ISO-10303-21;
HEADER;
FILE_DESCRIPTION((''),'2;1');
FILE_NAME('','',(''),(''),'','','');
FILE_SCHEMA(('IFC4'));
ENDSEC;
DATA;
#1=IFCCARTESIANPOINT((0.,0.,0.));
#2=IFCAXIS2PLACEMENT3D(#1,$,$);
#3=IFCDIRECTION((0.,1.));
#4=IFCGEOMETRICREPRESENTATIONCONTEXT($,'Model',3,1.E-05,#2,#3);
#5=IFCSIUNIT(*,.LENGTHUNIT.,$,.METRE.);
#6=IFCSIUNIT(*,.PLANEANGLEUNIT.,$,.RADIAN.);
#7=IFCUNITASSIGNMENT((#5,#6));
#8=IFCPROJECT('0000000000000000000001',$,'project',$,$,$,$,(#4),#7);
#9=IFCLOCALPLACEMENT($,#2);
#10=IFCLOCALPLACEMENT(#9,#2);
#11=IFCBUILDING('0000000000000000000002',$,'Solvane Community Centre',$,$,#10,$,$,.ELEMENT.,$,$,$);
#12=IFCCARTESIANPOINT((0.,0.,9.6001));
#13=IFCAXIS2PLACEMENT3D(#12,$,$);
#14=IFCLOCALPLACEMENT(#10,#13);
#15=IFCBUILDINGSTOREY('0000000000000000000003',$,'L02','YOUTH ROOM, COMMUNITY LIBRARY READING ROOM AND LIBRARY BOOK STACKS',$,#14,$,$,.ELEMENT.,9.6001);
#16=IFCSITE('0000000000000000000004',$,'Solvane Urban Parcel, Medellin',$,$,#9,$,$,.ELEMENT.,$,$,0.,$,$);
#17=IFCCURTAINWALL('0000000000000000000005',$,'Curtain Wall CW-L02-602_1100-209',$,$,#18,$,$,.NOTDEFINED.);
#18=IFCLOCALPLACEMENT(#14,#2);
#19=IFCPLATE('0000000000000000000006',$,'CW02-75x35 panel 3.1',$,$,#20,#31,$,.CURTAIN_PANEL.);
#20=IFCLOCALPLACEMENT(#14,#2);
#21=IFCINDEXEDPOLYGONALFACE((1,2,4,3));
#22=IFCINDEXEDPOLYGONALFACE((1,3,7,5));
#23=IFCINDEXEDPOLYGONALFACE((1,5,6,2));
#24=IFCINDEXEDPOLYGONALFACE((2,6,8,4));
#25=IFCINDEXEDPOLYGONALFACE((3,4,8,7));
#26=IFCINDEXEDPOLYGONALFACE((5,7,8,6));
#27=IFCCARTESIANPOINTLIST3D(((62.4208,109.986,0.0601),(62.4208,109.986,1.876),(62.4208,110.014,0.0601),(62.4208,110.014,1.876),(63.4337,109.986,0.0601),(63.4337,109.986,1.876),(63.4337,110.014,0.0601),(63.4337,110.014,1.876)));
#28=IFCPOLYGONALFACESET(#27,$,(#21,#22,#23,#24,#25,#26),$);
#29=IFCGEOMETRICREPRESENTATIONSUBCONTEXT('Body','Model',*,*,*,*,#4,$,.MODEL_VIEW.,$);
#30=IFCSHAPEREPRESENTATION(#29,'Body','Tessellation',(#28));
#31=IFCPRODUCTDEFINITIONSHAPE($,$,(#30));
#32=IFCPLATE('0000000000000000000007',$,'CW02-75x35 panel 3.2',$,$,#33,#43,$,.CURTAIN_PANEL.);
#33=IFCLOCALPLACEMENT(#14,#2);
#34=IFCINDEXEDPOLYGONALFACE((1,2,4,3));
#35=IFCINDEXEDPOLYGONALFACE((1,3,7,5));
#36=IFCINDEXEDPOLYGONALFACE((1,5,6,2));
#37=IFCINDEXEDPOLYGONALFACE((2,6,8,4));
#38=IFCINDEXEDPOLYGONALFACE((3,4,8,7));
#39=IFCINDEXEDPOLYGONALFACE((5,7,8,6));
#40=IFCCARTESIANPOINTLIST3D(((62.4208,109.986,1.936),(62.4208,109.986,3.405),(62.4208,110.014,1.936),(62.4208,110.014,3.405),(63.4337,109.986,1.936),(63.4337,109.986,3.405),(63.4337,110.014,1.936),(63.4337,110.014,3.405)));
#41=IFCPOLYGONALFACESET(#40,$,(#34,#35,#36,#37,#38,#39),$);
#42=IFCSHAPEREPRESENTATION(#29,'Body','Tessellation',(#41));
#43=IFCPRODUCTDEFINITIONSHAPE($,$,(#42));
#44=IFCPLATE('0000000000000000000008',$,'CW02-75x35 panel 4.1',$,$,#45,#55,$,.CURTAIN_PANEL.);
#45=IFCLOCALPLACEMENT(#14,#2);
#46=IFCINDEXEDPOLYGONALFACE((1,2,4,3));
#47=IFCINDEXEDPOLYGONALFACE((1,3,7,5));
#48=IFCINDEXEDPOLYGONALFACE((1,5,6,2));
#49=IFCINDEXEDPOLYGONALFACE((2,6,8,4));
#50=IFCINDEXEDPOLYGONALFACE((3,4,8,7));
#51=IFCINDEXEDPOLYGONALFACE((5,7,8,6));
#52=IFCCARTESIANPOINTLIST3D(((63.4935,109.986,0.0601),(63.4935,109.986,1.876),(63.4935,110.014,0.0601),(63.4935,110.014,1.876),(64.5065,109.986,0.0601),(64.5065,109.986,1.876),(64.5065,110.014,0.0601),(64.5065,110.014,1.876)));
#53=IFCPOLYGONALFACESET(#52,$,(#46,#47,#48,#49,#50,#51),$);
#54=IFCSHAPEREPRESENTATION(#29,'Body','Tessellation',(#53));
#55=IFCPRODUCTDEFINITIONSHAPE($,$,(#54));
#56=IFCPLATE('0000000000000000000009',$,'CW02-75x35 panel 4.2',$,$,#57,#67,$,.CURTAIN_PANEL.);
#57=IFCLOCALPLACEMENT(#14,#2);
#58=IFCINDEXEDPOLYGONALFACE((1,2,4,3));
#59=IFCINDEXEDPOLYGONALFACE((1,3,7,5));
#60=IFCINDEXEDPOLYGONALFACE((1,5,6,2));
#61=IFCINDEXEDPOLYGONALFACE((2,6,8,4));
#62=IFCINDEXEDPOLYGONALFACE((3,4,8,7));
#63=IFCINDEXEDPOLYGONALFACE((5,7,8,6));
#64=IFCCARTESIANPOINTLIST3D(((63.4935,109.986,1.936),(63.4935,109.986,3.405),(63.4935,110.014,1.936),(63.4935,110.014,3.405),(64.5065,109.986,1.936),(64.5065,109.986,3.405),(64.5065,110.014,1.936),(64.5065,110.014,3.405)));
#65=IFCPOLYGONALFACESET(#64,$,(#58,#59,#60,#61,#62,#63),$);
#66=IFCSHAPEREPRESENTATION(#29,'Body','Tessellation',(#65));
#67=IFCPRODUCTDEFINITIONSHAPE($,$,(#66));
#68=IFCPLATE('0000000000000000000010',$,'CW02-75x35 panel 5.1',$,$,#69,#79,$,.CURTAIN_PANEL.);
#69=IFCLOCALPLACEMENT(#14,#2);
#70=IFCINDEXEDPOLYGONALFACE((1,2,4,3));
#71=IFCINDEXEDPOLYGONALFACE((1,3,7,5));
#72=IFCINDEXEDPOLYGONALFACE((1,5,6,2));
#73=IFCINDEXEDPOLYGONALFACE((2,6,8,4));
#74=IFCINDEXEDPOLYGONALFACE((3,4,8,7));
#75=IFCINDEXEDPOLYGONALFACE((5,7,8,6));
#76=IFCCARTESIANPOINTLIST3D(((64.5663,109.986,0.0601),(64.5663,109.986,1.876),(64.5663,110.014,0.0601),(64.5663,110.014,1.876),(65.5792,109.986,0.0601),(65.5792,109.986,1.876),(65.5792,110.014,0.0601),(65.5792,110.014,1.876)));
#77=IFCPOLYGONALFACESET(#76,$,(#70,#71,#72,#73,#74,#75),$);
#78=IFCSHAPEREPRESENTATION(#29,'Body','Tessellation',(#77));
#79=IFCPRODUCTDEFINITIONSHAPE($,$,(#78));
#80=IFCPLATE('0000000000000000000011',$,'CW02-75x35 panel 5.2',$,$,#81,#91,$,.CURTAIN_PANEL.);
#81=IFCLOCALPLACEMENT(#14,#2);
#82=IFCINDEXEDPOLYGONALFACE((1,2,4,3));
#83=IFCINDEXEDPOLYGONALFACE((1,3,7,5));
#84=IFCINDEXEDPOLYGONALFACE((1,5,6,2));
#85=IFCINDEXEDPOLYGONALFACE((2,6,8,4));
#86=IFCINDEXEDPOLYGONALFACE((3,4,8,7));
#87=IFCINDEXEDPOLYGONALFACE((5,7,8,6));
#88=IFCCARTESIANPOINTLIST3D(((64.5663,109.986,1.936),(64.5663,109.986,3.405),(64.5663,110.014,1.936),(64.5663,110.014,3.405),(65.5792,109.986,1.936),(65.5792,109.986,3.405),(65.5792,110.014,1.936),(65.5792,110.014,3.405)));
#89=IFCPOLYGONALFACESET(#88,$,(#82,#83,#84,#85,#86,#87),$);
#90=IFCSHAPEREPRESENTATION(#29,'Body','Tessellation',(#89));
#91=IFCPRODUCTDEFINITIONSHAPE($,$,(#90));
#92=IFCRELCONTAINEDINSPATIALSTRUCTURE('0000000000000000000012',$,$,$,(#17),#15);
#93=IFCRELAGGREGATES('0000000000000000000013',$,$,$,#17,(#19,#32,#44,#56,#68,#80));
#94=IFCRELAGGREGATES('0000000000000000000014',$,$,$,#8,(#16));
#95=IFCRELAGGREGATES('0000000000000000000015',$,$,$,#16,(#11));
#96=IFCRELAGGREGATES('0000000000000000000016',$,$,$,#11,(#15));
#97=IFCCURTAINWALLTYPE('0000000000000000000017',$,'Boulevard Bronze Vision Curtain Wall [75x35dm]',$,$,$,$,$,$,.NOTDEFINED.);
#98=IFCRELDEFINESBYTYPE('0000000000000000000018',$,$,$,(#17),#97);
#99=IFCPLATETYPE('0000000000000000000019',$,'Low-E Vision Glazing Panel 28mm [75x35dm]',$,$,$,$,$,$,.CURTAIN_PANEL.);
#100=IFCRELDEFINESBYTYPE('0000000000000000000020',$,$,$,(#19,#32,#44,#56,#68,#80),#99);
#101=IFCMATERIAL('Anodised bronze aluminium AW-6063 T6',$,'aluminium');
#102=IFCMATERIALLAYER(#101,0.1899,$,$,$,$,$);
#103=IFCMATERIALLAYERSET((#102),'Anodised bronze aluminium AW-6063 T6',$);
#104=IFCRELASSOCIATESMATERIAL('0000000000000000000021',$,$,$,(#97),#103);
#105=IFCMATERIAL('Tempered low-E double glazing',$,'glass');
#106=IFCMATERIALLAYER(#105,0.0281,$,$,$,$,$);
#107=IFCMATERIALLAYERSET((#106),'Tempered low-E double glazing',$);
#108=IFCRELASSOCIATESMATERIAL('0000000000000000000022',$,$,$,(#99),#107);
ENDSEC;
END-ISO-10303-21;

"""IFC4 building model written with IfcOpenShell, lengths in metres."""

from ifc_helpers import new_model, si_unit, direction, frame, origin, origin_2d, place, context, subcontext, project, spatial, rectangle, extrude, material, layer, layer_set, type_object, element, aggregate, save


model = new_model("IFC4")

# Units and contexts
model_context = context("Model", 3, precision=1e-05, world=origin(), true_north=direction((0.0, 1.0)))
body_context = subcontext(model_context, "Body", "Model", "MODEL_VIEW")
ifc_project = project(units=[si_unit("LENGTHUNIT", "METRE"), si_unit("PLANEANGLEUNIT", "RADIAN")], contexts=[model_context])

# Site, building, storey
site_placement = place(None, origin())
site = spatial("IfcSite", under=ifc_project, at=site_placement, Name="Solvane Urban Parcel, Medellin", CompositionType="ELEMENT", RefElevation=0.0)
building_placement = place(site_placement, origin())
building = spatial("IfcBuilding", under=site, at=building_placement, Name="Solvane Community Centre", CompositionType="ELEMENT")
storey_placement = place(building_placement, frame((0.0, 0.0, 9.6001)))
storey = spatial("IfcBuildingStorey", under=building, at=storey_placement, Name="L02", Description="YOUTH ROOM, COMMUNITY LIBRARY READING ROOM AND LIBRARY BOOK STACKS", CompositionType="ELEMENT", Elevation=9.6001)

# Curtain wall, plates
ifc_material_1 = material(Name="Anodised bronze aluminium AW-6063 T6", Category="aluminium")
ifc_layer_1 = layer(ifc_material_1, 0.1899)
ifc_layer_set_1 = layer_set([ifc_layer_1], Name="Anodised bronze aluminium AW-6063 T6")
curtain_wall_type = type_object("IfcCurtainWallType", Name="Boulevard Bronze Vision Curtain Wall [75x35dm]", PredefinedType="NOTDEFINED", material=ifc_layer_set_1)
curtain_wall_placement = place(storey_placement, origin())
curtain_wall = element("IfcCurtainWall", 1, at=curtain_wall_placement, inside=storey, type_object=curtain_wall_type, Name="Curtain Wall CW-L02-602_1100-209", PredefinedType="NOTDEFINED")
ifc_material_2 = material(Name="Tempered low-E double glazing", Category="glass")
ifc_layer_2 = layer(ifc_material_2, 0.0281)
ifc_layer_set_2 = layer_set([ifc_layer_2], Name="Tempered low-E double glazing")
plate_type = type_object("IfcPlateType", Name="Low-E Vision Glazing Panel 28mm [75x35dm]", PredefinedType="CURTAIN_PANEL", material=ifc_layer_set_2)
plate_1_placement = place(storey_placement, frame((62.9272, 110.0, 0.0601), z_axis=(0.0, 0.0, 1.0), x_axis=(1.0, 0.0, 0.0)))
plate_1 = element("IfcPlate", 2, at=plate_1_placement, type_object=plate_type, Name="CW02-75x35 panel 3.1", PredefinedType="CURTAIN_PANEL", context=body_context, shape_type="SweptSolid", body=[
    extrude(rectangle(XDim=1.0129, YDim=0.0281, at=origin_2d()), origin(), (0.0, 0.0, 1.0), 1.8159),
])
plate_2_placement = place(storey_placement, frame((62.9272, 110.0, 1.936), z_axis=(0.0, 0.0, 1.0), x_axis=(1.0, 0.0, 0.0)))
plate_2 = element("IfcPlate", 3, at=plate_2_placement, type_object=plate_type, Name="CW02-75x35 panel 3.2", PredefinedType="CURTAIN_PANEL", context=body_context, shape_type="SweptSolid", body=[
    extrude(rectangle(XDim=1.0129, YDim=0.0281, at=origin_2d()), origin(), (0.0, 0.0, 1.0), 1.469),
])
plate_3_placement = place(storey_placement, frame((64.0, 110.0, 0.0601), z_axis=(0.0, 0.0, 1.0), x_axis=(1.0, 0.0, 0.0)))
plate_3 = element("IfcPlate", 4, at=plate_3_placement, type_object=plate_type, Name="CW02-75x35 panel 4.1", PredefinedType="CURTAIN_PANEL", context=body_context, shape_type="SweptSolid", body=[
    extrude(rectangle(XDim=1.0129, YDim=0.0281, at=origin_2d()), origin(), (0.0, 0.0, 1.0), 1.8159),
])
plate_4_placement = place(storey_placement, frame((64.0, 110.0, 1.936), z_axis=(0.0, 0.0, 1.0), x_axis=(1.0, 0.0, 0.0)))
plate_4 = element("IfcPlate", 5, at=plate_4_placement, type_object=plate_type, Name="CW02-75x35 panel 4.2", PredefinedType="CURTAIN_PANEL", context=body_context, shape_type="SweptSolid", body=[
    extrude(rectangle(XDim=1.0129, YDim=0.0281, at=origin_2d()), origin(), (0.0, 0.0, 1.0), 1.469),
])
plate_5_placement = place(storey_placement, frame((65.0728, 110.0, 0.0601), z_axis=(0.0, 0.0, 1.0), x_axis=(1.0, 0.0, 0.0)))
plate_5 = element("IfcPlate", 6, at=plate_5_placement, type_object=plate_type, Name="CW02-75x35 panel 5.1", PredefinedType="CURTAIN_PANEL", context=body_context, shape_type="SweptSolid", body=[
    extrude(rectangle(XDim=1.0129, YDim=0.0281, at=origin_2d()), origin(), (0.0, 0.0, 1.0), 1.8159),
])
plate_6_placement = place(storey_placement, frame((65.0728, 110.0, 1.936), z_axis=(0.0, 0.0, 1.0), x_axis=(1.0, 0.0, 0.0)))
plate_6 = element("IfcPlate", 7, at=plate_6_placement, type_object=plate_type, Name="CW02-75x35 panel 5.2", PredefinedType="CURTAIN_PANEL", context=body_context, shape_type="SweptSolid", body=[
    extrude(rectangle(XDim=1.0129, YDim=0.0281, at=origin_2d()), origin(), (0.0, 0.0, 1.0), 1.469),
])
aggregate(curtain_wall, [plate_1, plate_2, plate_3, plate_4, plate_5, plate_6])

save(model, "model.ifc")
